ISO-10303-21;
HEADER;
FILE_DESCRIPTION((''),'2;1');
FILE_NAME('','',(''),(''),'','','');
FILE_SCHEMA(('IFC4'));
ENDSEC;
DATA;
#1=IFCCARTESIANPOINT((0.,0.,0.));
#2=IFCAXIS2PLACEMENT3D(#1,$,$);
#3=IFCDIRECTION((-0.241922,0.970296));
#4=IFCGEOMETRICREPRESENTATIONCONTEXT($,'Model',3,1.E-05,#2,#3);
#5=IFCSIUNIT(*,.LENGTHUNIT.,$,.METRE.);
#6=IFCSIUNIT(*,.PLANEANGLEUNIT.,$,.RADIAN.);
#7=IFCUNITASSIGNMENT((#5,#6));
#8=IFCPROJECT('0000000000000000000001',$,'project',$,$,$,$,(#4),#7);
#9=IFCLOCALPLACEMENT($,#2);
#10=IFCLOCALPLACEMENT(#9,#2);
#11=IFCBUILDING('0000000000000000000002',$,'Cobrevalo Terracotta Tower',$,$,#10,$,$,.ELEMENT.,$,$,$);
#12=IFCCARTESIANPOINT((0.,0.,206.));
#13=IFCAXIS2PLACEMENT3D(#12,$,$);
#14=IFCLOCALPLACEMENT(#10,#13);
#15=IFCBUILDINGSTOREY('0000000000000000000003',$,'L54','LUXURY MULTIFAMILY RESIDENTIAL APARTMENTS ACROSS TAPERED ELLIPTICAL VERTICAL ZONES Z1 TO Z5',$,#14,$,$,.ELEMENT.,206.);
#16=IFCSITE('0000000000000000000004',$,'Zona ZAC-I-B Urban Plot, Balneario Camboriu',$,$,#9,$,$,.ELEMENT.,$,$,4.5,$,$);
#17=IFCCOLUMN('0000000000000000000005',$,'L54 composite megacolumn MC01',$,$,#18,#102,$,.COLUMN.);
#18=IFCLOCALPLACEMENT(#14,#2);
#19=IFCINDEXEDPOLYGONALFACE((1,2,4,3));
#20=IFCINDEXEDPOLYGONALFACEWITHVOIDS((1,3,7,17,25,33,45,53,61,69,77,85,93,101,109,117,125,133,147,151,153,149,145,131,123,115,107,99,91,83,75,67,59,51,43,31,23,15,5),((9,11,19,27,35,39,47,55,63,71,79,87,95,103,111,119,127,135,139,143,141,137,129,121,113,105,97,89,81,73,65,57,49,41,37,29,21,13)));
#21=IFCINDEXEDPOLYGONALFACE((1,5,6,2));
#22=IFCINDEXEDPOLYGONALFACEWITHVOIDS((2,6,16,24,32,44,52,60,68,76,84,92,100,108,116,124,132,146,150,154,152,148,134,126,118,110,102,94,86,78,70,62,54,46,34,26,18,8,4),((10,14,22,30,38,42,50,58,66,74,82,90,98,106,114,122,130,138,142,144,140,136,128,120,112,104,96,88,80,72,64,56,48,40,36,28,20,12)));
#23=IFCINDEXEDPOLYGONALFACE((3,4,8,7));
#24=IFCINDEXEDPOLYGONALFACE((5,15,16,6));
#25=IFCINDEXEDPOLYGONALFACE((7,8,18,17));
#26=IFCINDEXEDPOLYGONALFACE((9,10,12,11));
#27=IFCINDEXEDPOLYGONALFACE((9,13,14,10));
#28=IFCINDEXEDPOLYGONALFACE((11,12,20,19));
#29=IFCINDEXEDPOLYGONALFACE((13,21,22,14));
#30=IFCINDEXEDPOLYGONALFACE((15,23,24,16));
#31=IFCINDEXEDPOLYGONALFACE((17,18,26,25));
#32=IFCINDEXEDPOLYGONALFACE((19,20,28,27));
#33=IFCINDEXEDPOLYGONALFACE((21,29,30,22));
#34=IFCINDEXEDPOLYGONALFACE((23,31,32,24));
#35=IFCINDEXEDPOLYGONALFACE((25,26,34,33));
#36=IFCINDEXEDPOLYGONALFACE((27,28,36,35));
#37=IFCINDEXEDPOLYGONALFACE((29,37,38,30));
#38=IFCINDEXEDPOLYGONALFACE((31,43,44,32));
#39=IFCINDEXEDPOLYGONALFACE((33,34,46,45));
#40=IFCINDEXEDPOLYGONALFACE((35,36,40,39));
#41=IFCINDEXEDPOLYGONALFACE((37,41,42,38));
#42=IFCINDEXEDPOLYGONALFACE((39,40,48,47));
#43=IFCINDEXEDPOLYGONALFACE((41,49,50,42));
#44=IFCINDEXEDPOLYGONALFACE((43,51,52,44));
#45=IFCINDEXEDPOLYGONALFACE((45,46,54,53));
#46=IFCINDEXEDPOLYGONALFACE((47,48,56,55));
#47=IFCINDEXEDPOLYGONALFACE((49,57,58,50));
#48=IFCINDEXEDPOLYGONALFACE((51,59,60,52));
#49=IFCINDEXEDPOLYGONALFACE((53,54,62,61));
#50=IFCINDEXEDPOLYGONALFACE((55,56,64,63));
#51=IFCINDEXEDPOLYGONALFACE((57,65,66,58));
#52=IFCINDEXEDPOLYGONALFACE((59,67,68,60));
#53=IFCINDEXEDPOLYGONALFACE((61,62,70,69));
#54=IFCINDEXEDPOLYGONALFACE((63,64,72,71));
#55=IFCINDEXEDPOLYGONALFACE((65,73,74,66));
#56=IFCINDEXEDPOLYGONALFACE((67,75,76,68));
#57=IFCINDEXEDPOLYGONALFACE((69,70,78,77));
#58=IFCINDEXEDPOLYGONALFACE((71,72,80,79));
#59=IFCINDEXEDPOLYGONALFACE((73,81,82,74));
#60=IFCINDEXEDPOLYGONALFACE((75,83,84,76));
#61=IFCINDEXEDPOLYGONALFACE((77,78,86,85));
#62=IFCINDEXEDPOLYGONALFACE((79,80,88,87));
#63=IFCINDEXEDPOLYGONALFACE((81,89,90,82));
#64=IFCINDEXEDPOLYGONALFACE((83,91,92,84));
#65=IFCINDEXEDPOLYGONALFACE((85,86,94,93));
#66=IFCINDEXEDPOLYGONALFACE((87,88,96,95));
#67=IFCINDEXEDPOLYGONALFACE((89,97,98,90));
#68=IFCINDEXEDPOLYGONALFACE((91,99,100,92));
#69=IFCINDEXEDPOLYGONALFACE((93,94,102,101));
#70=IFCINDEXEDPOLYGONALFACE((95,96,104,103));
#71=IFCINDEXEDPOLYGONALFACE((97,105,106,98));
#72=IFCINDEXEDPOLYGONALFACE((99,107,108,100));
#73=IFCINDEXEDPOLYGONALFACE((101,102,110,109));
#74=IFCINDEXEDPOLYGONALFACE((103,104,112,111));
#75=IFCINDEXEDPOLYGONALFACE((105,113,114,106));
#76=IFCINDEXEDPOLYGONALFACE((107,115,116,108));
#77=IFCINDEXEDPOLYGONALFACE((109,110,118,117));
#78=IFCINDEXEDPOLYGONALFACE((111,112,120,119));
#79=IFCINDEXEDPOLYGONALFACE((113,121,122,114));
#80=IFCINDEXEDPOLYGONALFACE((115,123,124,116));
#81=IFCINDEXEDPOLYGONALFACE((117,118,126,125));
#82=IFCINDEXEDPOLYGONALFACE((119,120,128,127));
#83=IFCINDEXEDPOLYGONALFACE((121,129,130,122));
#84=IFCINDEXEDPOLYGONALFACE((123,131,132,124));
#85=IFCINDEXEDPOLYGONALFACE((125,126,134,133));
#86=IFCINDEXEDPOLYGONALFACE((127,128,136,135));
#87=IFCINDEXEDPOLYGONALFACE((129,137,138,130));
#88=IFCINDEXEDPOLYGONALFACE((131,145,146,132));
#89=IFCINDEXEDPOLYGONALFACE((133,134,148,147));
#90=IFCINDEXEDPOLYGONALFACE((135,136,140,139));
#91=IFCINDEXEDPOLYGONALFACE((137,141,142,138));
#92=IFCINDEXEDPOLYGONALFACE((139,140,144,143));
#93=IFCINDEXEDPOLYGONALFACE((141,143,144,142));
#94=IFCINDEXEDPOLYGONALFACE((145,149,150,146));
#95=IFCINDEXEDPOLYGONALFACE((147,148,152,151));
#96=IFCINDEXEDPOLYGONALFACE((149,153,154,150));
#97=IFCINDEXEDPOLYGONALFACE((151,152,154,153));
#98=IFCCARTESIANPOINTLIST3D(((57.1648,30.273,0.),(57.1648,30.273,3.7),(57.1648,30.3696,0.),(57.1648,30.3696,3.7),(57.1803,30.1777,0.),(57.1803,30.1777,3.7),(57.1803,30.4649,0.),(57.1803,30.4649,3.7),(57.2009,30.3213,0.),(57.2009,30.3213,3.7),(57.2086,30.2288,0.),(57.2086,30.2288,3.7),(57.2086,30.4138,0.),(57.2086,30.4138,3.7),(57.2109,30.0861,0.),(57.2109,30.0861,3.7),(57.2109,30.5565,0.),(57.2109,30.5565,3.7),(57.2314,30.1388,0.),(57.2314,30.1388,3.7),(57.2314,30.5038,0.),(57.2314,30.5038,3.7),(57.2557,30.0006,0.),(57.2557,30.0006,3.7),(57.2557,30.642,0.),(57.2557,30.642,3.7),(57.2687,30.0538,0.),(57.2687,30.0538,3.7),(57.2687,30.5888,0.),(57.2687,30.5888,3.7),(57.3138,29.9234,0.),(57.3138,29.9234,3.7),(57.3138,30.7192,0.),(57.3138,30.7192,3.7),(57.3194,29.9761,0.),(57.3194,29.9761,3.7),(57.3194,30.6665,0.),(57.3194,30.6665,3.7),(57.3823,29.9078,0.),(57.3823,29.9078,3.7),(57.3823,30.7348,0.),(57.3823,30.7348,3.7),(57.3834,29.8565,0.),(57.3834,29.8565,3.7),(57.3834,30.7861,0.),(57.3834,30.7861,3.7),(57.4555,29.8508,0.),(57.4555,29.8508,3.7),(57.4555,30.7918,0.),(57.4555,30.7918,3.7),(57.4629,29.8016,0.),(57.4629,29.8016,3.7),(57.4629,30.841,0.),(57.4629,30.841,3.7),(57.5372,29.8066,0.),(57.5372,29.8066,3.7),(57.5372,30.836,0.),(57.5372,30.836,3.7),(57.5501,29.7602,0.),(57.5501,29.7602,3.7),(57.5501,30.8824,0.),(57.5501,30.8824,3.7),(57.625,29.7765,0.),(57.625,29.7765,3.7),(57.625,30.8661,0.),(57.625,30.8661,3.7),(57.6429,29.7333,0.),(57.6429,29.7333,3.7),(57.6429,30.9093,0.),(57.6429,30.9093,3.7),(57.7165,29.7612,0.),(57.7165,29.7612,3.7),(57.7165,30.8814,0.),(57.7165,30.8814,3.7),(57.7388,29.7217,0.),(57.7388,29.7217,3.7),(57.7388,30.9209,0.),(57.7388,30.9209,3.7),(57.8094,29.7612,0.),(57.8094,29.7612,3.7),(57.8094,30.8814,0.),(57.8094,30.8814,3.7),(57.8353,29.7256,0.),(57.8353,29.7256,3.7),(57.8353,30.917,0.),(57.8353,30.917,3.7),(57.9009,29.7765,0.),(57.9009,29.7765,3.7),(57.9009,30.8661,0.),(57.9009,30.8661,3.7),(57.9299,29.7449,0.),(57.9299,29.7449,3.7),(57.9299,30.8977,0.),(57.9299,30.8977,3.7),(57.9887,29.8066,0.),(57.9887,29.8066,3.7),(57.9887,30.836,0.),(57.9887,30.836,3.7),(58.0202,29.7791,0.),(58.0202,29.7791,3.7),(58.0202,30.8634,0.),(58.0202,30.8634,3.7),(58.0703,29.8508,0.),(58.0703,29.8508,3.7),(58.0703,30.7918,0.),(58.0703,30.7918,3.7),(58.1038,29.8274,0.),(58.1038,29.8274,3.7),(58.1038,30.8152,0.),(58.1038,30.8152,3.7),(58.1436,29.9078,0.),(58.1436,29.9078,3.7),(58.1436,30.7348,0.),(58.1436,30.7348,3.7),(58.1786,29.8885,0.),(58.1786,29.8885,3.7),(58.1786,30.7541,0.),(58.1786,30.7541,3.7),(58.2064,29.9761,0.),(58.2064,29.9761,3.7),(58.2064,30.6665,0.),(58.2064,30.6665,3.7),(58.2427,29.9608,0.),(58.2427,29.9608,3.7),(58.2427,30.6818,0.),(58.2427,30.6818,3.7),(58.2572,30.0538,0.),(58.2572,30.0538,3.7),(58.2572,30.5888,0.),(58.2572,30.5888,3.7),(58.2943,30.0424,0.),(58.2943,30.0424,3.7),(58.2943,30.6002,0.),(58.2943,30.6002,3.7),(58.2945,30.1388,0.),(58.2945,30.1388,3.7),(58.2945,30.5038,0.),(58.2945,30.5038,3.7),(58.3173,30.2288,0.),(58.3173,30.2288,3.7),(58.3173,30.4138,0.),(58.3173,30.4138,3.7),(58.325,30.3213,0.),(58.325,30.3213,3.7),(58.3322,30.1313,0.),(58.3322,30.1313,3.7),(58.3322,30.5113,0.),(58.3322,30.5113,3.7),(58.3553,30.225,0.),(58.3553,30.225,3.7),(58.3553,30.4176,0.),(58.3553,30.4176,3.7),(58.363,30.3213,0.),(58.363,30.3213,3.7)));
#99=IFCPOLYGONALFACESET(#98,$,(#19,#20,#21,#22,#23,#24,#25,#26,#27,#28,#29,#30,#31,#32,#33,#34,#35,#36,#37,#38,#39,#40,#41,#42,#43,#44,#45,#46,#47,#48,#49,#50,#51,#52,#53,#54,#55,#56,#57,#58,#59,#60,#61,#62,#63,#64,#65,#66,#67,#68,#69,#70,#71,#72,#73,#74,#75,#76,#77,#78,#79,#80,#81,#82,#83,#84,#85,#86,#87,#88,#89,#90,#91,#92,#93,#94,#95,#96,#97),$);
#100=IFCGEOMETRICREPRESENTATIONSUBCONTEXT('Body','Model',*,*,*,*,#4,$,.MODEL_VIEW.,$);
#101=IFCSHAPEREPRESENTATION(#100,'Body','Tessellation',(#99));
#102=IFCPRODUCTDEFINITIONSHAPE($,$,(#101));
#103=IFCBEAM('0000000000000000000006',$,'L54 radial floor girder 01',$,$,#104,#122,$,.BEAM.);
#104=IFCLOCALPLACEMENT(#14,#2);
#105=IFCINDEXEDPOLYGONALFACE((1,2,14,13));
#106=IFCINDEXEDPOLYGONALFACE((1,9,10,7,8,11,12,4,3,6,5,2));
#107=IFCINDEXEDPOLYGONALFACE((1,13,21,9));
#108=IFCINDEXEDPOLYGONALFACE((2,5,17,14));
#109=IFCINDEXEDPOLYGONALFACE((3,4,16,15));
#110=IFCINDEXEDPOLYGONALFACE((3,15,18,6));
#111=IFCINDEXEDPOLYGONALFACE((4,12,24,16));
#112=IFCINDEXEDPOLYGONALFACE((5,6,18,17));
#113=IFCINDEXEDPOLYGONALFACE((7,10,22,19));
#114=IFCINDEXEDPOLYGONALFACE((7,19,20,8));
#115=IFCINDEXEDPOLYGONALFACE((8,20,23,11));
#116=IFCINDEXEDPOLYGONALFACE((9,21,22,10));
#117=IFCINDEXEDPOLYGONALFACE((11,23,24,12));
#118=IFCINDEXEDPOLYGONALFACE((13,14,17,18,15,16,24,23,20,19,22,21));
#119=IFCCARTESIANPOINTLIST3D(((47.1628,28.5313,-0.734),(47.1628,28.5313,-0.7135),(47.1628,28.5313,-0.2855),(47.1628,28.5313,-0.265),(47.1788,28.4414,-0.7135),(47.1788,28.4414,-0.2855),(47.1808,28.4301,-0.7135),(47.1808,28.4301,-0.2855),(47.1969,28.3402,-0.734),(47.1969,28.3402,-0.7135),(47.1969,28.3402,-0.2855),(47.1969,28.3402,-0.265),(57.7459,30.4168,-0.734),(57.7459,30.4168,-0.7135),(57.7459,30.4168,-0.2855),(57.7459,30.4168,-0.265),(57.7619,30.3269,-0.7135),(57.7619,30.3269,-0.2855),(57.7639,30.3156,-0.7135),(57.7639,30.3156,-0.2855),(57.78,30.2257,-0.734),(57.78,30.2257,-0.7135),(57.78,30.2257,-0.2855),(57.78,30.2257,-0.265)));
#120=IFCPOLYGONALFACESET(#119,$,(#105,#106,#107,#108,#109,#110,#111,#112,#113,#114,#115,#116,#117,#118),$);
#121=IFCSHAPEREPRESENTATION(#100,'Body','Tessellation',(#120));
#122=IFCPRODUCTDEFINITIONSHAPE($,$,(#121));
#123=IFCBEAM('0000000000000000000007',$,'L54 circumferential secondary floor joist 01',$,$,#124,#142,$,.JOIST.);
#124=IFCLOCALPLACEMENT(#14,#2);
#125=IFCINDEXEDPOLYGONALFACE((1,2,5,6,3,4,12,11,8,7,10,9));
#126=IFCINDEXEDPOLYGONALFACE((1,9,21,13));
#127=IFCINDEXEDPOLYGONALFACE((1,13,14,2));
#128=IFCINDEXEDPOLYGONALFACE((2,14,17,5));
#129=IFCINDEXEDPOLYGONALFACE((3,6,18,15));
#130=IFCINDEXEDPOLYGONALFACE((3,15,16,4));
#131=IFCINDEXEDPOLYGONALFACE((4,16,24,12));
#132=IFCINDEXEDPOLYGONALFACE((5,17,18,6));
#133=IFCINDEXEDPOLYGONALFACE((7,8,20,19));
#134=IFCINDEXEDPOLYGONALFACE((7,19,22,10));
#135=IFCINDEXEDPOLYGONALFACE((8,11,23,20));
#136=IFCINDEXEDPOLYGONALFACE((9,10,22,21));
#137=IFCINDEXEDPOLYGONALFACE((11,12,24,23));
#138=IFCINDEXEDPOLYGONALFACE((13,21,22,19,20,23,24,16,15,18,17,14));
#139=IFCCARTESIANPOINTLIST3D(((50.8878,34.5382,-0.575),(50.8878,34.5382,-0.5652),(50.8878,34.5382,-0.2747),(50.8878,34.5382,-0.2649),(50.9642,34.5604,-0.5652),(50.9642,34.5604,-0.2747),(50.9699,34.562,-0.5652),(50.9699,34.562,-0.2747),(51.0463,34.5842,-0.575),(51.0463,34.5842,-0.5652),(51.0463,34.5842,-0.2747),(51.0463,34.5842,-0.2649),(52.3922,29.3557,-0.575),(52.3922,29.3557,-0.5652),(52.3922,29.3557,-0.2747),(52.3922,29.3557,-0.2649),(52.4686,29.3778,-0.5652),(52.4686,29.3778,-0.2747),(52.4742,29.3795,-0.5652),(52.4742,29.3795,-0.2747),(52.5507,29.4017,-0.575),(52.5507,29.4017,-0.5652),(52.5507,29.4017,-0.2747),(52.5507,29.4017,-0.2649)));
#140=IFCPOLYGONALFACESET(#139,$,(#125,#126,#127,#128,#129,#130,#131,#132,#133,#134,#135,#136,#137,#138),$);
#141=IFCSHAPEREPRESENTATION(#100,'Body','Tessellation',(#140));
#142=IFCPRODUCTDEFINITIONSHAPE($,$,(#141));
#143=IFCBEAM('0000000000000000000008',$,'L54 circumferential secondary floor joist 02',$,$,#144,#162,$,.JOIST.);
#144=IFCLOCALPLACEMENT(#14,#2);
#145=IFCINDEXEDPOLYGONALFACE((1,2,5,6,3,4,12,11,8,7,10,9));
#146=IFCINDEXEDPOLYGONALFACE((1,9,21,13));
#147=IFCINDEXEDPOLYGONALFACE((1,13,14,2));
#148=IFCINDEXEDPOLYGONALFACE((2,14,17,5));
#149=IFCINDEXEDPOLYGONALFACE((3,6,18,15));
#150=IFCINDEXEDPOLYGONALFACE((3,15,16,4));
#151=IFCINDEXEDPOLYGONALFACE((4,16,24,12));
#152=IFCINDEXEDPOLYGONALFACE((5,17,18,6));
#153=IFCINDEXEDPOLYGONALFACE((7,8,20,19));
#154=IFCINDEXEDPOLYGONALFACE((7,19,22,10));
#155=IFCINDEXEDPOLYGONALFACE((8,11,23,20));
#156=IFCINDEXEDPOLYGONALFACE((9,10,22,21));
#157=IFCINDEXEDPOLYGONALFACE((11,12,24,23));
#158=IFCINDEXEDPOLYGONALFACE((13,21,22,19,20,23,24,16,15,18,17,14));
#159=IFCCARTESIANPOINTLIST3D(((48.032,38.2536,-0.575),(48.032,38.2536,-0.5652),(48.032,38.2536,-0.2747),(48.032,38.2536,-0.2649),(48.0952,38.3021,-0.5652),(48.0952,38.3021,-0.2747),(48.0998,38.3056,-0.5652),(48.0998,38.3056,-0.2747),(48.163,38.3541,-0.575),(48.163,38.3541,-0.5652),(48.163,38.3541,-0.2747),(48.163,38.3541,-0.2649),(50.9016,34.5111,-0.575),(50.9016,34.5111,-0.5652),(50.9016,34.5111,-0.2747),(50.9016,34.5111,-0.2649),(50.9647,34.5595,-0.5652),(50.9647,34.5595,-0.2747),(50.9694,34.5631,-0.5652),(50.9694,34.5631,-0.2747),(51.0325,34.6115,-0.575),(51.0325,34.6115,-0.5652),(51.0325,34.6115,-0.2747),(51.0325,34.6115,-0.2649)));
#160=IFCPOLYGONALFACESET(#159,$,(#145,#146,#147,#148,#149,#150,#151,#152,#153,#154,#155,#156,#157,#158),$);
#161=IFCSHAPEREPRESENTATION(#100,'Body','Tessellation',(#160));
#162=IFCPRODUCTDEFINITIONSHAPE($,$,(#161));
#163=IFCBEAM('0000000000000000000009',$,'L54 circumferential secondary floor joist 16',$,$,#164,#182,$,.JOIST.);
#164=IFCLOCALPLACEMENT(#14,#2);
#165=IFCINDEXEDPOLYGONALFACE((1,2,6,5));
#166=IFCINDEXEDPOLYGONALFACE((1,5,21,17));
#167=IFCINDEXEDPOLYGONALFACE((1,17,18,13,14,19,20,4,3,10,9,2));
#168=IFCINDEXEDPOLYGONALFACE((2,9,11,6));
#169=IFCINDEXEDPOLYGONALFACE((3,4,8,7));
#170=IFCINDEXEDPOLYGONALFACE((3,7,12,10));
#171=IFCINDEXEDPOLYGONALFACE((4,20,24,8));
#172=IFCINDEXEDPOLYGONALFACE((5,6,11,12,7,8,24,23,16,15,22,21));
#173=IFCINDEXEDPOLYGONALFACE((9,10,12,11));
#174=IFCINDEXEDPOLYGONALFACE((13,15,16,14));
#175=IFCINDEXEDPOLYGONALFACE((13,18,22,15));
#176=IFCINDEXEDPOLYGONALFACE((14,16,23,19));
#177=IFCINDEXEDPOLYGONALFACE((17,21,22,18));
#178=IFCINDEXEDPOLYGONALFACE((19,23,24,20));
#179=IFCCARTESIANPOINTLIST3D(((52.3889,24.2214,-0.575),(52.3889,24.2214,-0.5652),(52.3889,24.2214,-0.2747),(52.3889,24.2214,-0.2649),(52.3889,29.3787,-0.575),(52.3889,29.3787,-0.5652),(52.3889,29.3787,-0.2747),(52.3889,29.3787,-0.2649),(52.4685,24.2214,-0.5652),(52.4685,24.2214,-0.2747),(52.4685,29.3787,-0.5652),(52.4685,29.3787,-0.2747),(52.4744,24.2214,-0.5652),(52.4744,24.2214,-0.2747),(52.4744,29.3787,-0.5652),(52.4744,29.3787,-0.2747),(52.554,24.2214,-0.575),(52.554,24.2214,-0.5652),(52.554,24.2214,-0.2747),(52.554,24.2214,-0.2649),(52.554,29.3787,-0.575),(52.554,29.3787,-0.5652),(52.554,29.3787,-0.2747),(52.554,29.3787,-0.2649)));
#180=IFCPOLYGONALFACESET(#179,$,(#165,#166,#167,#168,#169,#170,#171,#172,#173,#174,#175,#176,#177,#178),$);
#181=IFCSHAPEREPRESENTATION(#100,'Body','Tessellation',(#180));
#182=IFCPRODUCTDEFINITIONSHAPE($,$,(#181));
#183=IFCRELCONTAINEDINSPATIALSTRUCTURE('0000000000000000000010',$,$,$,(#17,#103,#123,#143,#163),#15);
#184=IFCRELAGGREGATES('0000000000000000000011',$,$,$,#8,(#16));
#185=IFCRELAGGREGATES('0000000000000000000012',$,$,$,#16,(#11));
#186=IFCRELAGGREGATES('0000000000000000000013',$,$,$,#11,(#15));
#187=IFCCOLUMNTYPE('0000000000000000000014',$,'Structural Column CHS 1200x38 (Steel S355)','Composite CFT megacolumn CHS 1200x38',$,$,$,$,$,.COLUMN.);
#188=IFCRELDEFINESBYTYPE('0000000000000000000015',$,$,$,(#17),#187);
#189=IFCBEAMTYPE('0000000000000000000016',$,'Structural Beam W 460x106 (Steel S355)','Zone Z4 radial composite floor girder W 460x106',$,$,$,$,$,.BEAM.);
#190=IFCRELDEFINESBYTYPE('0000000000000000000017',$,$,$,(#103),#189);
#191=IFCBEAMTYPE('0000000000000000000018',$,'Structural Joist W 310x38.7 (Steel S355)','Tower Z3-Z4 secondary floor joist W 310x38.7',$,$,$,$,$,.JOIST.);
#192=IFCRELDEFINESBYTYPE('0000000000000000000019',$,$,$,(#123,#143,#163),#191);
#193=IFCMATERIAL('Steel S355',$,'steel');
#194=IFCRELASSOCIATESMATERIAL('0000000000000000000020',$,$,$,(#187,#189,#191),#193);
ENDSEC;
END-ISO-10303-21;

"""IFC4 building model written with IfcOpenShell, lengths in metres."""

from ifc_helpers import new_model, si_unit, direction, frame, origin, origin_2d, place, context, subcontext, project, spatial, hollow_circle, i_section, extrude, material, material_profile, profile_set, type_object, element, save


model = new_model("IFC4")

# Units and contexts
model_context = context("Model", 3, precision=1e-05, world=origin(), true_north=direction((-0.241922, 0.970296)))
body_context = subcontext(model_context, "Body", "Model", "MODEL_VIEW")
ifc_project = project(units=[si_unit("LENGTHUNIT", "METRE"), si_unit("PLANEANGLEUNIT", "RADIAN")], contexts=[model_context])

# Site, building, storey
site_placement = place(None, origin())
site = spatial("IfcSite", under=ifc_project, at=site_placement, Name="Zona ZAC-I-B Urban Plot, Balneario Camboriu", CompositionType="ELEMENT", RefElevation=4.5)
building_placement = place(site_placement, origin())
building = spatial("IfcBuilding", under=site, at=building_placement, Name="Cobrevalo Terracotta Tower", CompositionType="ELEMENT")
storey_placement = place(building_placement, frame((0.0, 0.0, 206.0)))
storey = spatial("IfcBuildingStorey", under=building, at=storey_placement, Name="L54", Description="LUXURY MULTIFAMILY RESIDENTIAL APARTMENTS ACROSS TAPERED ELLIPTICAL VERTICAL ZONES Z1 TO Z5", CompositionType="ELEMENT", Elevation=206.0)

# Column
ifc_material_1 = material(Name="Steel S355", Category="steel")
ifc_material_profile_1 = material_profile(ifc_material_1, hollow_circle(Radius=0.6001, WallThickness=0.0381, at=origin_2d()), Name="CHS 1200x38")
ifc_profile_set_1 = profile_set([ifc_material_profile_1], Name="Steel S355")
column_type = type_object("IfcColumnType", Name="Structural Column CHS 1200x38 (Steel S355)", Description="Composite CFT megacolumn CHS 1200x38", PredefinedType="COLUMN", material=ifc_profile_set_1)
column_placement = place(storey_placement, frame((57.7629, 30.3213, 0.0), z_axis=(0.0, 0.0, 1.0), x_axis=(1.0, 0.0, 0.0)))
element("IfcColumn", 1, at=column_placement, inside=storey, type_object=column_type, Name="L54 composite megacolumn MC01", PredefinedType="COLUMN", context=body_context, shape_type="SweptSolid", body=[
    extrude(hollow_circle(Radius=0.6001, WallThickness=0.0381, at=origin_2d()), origin(), (0.0, 0.0, 1.0), 3.7),
])

# Beams
ifc_material_profile_2 = material_profile(ifc_material_1, i_section(OverallWidth=0.1941, OverallDepth=0.469, WebThickness=0.0115, FlangeThickness=0.0205, at=origin_2d()), Name="W 460x106")
ifc_profile_set_2 = profile_set([ifc_material_profile_2], Name="Steel S355")
beam_type_1 = type_object("IfcBeamType", Name="Structural Beam W 460x106 (Steel S355)", Description="Zone Z4 radial composite floor girder W 460x106", PredefinedType="BEAM", material=ifc_profile_set_2)
beam_1_placement = place(storey_placement, frame((57.7629, 30.3213, -0.4995), z_axis=(-0.984497, -0.175401, 0.0), x_axis=(0.175401, -0.984497, 0.0)))
element("IfcBeam", 2, at=beam_1_placement, inside=storey, type_object=beam_type_1, Name="L54 radial floor girder 01", PredefinedType="BEAM", context=body_context, shape_type="SweptSolid", body=[
    extrude(i_section(OverallWidth=0.1941, OverallDepth=0.469, WebThickness=0.0115, FlangeThickness=0.0205, at=origin_2d()), origin(), (0.0, 0.0, 1.0), 10.7498),
])
ifc_material_profile_3 = material_profile(ifc_material_1, i_section(OverallWidth=0.165, OverallDepth=0.3101, WebThickness=0.0059, FlangeThickness=0.0098, at=origin_2d()), Name="W 310x38.7")
ifc_profile_set_3 = profile_set([ifc_material_profile_3], Name="Steel S355")
beam_type_2 = type_object("IfcBeamType", Name="Structural Joist W 310x38.7 (Steel S355)", Description="Tower Z3-Z4 secondary floor joist W 310x38.7", PredefinedType="JOIST", material=ifc_profile_set_3)
beam_2_placement = place(storey_placement, frame((52.4714, 29.3787, -0.4199), z_axis=(-0.27877, 0.960358, 0.0), x_axis=(-0.960358, -0.27877, 0.0)))
element("IfcBeam", 3, at=beam_2_placement, inside=storey, type_object=beam_type_2, Name="L54 circumferential secondary floor joist 01", PredefinedType="JOIST", context=body_context, shape_type="SweptSolid", body=[
    extrude(i_section(OverallWidth=0.165, OverallDepth=0.3101, WebThickness=0.0059, FlangeThickness=0.0098, at=origin_2d()), origin(), (0.0, 0.0, 1.0), 5.3965),
])
beam_3_placement = place(storey_placement, frame((50.967, 34.5613, -0.4199), z_axis=(-0.608464, 0.793581, 0.0), x_axis=(-0.793581, -0.608464, 0.0)))
element("IfcBeam", 4, at=beam_3_placement, inside=storey, type_object=beam_type_2, Name="L54 circumferential secondary floor joist 02", PredefinedType="JOIST", context=body_context, shape_type="SweptSolid", body=[
    extrude(i_section(OverallWidth=0.165, OverallDepth=0.3101, WebThickness=0.0059, FlangeThickness=0.0098, at=origin_2d()), origin(), (0.0, 0.0, 1.0), 4.7161),
])
beam_4_placement = place(storey_placement, frame((52.4714, 24.2214, -0.4199), z_axis=(0.0, 1.0, 0.0), x_axis=(-1.0, 0.0, 0.0)))
element("IfcBeam", 5, at=beam_4_placement, inside=storey, type_object=beam_type_2, Name="L54 circumferential secondary floor joist 16", PredefinedType="JOIST", context=body_context, shape_type="SweptSolid", body=[
    extrude(i_section(OverallWidth=0.165, OverallDepth=0.3101, WebThickness=0.0059, FlangeThickness=0.0098, at=origin_2d()), origin(), (0.0, 0.0, 1.0), 5.1572),
])

save(model, "model.ifc")
